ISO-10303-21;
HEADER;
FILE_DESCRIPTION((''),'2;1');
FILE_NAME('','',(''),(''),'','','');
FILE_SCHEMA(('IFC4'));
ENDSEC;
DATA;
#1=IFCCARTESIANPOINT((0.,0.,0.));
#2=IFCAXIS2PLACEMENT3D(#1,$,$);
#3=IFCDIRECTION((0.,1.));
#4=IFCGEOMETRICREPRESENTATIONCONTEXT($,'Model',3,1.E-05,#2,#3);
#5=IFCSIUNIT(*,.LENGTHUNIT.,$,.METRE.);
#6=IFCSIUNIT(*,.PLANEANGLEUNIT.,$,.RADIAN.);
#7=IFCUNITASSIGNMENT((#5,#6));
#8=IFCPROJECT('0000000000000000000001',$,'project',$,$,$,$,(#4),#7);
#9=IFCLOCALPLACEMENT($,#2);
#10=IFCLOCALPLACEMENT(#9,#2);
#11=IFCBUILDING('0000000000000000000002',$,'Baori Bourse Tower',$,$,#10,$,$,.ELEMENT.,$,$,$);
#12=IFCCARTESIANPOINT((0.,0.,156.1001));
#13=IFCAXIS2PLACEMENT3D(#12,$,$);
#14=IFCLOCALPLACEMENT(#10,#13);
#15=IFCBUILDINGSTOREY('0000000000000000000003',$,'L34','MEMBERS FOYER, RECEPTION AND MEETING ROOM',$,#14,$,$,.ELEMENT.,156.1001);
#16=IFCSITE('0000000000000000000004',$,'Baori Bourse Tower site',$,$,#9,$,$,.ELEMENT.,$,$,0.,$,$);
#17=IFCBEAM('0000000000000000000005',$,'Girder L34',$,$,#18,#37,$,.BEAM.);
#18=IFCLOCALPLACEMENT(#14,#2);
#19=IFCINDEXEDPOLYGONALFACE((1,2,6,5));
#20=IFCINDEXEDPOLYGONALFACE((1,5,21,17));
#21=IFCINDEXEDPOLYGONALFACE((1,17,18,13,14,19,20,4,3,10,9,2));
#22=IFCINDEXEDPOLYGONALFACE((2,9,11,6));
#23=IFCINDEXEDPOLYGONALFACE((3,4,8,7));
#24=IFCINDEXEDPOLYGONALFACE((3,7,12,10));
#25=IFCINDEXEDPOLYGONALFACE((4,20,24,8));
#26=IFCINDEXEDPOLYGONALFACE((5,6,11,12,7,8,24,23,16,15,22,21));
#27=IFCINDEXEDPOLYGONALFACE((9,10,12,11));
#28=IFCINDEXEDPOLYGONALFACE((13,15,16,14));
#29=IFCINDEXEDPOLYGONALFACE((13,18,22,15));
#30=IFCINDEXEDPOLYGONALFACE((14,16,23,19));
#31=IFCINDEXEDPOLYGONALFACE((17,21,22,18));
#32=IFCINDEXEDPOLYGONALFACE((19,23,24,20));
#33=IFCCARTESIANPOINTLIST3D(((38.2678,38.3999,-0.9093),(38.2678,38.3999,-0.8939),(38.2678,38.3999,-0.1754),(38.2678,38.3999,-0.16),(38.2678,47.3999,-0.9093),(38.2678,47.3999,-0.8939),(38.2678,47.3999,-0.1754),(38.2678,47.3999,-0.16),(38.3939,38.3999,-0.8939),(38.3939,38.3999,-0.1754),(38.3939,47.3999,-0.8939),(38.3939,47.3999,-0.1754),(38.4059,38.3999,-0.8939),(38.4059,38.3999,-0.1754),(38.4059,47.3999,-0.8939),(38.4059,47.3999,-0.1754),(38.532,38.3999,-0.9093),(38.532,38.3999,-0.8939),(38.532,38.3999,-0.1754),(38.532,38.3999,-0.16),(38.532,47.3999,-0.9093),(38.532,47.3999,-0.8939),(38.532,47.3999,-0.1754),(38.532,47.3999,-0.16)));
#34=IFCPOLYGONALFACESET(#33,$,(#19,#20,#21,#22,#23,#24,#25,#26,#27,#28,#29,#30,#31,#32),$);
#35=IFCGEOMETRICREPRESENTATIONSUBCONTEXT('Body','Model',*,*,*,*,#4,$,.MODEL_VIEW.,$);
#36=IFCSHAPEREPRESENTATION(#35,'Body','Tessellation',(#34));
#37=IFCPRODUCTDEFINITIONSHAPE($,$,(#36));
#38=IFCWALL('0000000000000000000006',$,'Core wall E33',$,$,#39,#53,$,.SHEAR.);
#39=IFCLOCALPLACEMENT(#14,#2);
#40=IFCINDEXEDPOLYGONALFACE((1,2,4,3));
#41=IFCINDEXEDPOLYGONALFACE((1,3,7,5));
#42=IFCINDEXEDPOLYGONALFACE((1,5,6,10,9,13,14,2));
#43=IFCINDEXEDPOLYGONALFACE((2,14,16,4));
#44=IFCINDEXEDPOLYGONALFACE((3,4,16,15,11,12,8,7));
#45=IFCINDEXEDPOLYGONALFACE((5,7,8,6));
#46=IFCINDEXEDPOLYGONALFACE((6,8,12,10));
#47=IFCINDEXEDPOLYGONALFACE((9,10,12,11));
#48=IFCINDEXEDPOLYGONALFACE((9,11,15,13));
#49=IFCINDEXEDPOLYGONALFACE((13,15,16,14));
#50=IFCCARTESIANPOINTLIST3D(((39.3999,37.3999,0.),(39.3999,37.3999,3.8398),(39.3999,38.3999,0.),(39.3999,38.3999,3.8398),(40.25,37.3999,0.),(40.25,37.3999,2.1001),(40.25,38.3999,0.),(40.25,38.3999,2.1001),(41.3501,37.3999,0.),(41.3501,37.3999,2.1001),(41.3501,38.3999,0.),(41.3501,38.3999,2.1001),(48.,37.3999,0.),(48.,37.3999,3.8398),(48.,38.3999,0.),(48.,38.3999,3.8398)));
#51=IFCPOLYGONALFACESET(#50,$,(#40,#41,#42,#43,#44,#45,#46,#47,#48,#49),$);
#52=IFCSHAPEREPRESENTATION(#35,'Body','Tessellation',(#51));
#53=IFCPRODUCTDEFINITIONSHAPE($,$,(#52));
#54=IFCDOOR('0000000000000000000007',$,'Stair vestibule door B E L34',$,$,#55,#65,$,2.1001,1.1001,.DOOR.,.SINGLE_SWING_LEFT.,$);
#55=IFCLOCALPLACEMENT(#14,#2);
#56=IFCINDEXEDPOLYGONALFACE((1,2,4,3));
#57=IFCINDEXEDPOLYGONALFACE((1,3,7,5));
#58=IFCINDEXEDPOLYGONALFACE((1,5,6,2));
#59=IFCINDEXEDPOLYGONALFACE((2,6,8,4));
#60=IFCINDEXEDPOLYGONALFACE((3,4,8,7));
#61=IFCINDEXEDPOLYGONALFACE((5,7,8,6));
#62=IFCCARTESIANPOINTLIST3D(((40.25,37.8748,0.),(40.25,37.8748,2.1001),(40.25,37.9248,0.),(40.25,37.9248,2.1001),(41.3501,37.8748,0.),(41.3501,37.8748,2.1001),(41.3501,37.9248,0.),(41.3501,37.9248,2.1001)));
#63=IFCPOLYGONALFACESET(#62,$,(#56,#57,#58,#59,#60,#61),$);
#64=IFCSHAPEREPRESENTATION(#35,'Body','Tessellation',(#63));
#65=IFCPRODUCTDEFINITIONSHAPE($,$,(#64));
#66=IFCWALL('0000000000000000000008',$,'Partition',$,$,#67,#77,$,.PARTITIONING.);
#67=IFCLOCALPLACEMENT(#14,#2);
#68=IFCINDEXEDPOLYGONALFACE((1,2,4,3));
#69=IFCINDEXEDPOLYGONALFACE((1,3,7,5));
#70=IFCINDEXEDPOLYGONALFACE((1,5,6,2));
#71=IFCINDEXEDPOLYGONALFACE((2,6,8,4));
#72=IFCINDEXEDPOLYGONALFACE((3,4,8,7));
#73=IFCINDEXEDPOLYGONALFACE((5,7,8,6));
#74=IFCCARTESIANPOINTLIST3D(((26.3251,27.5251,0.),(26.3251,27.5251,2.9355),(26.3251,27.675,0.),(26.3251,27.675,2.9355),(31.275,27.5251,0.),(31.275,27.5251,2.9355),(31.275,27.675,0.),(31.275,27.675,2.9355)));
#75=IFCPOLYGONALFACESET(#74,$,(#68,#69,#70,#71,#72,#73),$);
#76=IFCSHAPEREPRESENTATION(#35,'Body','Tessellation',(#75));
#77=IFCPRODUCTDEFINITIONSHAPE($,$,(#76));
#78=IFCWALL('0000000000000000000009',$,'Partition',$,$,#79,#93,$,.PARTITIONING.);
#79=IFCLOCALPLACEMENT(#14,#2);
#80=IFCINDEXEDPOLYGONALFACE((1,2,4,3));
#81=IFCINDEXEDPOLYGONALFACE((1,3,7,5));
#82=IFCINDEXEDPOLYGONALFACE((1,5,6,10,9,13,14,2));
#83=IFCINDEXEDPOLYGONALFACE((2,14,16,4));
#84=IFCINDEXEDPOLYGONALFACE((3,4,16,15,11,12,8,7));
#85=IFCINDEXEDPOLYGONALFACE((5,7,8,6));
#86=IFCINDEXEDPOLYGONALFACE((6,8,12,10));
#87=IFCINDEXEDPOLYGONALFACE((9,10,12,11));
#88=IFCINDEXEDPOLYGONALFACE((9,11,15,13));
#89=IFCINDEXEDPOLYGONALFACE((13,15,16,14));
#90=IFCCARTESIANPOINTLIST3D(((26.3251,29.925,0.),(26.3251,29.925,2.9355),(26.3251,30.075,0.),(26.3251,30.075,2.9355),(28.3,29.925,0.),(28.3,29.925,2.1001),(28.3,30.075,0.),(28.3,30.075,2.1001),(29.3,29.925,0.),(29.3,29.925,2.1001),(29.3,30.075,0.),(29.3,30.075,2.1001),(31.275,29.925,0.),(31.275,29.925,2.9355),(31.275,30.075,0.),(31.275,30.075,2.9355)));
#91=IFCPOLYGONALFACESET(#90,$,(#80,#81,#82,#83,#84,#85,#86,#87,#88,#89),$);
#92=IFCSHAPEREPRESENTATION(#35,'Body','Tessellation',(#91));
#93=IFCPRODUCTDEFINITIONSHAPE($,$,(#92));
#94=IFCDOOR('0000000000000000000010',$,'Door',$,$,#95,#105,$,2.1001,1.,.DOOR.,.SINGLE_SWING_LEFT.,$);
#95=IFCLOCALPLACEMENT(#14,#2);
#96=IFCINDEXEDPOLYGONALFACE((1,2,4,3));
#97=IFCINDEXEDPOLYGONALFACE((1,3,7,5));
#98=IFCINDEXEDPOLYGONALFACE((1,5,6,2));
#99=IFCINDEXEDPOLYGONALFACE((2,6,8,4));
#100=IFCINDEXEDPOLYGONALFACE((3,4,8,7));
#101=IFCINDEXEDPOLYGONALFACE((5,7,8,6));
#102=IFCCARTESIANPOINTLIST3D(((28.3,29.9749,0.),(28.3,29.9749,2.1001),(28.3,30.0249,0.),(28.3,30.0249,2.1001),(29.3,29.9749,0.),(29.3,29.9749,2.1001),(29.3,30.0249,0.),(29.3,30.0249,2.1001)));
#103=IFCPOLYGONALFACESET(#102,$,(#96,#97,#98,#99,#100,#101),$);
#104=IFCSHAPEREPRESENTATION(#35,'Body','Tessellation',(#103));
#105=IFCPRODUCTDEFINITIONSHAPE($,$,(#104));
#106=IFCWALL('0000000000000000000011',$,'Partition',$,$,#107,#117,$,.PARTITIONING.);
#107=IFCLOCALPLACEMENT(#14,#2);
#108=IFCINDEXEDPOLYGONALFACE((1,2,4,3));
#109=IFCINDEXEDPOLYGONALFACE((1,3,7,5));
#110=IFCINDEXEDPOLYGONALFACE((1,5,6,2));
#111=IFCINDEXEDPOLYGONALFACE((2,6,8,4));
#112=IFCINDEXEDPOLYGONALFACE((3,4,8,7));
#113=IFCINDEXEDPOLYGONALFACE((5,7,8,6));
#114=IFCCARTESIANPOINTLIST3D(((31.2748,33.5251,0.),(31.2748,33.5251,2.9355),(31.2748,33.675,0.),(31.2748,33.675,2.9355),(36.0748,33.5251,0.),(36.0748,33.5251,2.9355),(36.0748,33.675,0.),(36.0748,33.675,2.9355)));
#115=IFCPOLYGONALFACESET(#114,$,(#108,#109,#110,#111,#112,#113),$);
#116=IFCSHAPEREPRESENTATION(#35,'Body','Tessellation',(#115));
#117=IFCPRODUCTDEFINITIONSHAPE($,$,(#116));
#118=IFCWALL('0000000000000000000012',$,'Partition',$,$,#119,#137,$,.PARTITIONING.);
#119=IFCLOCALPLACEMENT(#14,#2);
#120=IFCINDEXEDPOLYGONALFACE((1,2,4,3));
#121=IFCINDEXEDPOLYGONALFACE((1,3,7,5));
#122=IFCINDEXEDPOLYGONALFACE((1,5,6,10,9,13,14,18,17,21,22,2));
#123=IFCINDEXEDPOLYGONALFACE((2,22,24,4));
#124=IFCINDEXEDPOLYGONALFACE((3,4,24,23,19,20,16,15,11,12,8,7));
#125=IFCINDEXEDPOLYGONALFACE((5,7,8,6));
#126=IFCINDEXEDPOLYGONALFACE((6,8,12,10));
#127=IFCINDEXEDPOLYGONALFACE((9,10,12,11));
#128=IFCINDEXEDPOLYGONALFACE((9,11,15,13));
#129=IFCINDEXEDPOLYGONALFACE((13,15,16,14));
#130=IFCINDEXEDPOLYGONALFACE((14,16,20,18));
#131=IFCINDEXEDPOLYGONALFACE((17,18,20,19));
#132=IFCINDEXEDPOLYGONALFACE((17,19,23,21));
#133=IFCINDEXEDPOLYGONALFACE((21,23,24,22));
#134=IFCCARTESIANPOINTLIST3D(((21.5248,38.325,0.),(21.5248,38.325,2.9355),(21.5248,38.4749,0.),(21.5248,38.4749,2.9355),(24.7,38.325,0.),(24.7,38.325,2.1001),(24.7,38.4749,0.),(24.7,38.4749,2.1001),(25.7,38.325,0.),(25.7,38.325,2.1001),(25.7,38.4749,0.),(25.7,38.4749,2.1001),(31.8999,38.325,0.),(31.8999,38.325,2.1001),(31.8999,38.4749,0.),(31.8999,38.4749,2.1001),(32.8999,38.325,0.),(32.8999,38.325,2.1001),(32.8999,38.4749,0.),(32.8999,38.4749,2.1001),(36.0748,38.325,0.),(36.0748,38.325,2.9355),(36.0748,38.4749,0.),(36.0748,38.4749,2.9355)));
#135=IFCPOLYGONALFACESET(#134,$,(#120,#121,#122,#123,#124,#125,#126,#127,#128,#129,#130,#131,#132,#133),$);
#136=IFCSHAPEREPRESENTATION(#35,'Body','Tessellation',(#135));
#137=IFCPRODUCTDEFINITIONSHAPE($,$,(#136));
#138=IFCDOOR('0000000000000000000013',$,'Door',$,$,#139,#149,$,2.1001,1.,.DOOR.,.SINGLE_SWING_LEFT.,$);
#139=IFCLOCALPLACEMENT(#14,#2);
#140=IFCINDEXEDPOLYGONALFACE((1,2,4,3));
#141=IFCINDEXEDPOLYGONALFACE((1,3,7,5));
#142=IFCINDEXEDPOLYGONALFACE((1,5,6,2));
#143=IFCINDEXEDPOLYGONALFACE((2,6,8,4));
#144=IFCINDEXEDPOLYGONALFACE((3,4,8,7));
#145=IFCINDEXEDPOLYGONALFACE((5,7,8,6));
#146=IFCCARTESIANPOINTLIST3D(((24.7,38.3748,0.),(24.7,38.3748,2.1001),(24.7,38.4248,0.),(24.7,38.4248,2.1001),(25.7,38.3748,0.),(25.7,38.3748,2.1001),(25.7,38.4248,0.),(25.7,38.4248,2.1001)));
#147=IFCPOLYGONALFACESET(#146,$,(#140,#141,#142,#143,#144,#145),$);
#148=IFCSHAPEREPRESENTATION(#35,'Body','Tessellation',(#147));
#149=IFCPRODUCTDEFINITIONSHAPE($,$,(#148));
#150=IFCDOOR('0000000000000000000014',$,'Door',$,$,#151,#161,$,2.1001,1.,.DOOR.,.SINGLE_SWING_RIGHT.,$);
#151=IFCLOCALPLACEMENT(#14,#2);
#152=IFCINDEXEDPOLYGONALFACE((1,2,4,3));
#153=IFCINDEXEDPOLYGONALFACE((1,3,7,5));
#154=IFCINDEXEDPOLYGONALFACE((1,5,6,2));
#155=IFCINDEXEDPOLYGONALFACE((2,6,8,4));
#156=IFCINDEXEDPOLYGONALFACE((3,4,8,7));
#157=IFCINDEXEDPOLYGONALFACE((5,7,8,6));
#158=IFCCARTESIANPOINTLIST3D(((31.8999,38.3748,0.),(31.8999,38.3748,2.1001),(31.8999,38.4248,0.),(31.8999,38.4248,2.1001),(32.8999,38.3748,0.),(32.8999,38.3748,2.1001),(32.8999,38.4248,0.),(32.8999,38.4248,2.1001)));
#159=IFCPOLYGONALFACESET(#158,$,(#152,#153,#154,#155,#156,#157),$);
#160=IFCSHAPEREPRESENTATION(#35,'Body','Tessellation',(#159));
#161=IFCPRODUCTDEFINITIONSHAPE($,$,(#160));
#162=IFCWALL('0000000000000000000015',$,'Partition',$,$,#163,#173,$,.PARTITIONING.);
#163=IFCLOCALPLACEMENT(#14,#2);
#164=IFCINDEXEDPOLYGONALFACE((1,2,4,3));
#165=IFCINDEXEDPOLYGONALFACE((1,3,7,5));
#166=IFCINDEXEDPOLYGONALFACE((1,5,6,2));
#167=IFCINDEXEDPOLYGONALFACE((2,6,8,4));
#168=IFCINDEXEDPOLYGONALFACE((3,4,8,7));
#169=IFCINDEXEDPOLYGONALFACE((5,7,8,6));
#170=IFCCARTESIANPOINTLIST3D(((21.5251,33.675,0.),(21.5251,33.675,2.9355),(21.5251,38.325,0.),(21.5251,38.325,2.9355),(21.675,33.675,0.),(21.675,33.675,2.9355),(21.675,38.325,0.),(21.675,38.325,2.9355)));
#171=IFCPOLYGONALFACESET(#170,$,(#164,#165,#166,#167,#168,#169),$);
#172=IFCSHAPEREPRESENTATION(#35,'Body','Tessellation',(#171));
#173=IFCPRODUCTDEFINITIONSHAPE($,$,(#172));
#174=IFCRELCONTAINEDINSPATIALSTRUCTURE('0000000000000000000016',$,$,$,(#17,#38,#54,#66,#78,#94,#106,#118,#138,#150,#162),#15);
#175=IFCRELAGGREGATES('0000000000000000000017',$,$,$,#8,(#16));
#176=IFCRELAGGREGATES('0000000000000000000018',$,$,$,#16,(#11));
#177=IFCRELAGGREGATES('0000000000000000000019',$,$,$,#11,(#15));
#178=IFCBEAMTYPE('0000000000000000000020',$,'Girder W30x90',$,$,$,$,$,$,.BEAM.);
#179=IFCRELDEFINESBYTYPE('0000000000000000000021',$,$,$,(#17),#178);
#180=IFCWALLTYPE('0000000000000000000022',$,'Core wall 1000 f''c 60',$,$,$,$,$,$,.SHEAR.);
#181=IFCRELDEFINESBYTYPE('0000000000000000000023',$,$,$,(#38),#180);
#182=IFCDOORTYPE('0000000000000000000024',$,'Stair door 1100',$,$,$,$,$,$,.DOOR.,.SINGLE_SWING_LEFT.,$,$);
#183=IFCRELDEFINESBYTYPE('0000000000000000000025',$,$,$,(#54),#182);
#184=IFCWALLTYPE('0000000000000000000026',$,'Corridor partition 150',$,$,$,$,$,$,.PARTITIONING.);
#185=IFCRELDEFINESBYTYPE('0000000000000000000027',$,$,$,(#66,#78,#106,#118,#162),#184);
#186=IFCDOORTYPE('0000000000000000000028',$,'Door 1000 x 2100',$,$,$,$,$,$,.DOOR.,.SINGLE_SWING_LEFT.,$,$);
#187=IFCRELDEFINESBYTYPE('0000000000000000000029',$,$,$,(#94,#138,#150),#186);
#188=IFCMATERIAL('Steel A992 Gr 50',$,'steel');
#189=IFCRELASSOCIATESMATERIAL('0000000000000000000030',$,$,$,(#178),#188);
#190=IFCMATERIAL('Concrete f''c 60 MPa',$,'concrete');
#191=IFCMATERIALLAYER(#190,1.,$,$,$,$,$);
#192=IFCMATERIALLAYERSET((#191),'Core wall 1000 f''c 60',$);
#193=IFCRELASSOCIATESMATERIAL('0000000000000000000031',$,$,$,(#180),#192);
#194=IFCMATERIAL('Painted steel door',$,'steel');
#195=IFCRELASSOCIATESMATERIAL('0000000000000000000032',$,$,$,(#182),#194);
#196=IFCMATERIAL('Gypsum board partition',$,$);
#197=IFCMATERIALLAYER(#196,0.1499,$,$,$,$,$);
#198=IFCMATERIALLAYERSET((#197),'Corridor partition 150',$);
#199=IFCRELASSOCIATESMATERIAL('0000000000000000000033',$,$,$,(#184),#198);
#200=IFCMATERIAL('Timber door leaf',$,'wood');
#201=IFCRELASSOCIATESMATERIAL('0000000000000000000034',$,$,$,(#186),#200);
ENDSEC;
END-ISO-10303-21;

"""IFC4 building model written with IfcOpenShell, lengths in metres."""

from ifc_helpers import new_model, si_unit, direction, frame, frame_2d, origin, origin_2d, place, context, subcontext, project, spatial, rectangle, i_section, extrude, material, layer, layer_set, material_profile, profile_set, type_object, element, fill, save


model = new_model("IFC4")

# Units and contexts
model_context = context("Model", 3, precision=1e-05, world=origin(), true_north=direction((0.0, 1.0)))
body_context = subcontext(model_context, "Body", "Model", "MODEL_VIEW")
ifc_project = project(units=[si_unit("LENGTHUNIT", "METRE"), si_unit("PLANEANGLEUNIT", "RADIAN")], contexts=[model_context])

# Site, building, storey
site_placement = place(None, origin())
site = spatial("IfcSite", under=ifc_project, at=site_placement, Name="Baori Bourse Tower site", CompositionType="ELEMENT", RefElevation=0.0)
building_placement = place(site_placement, origin())
building = spatial("IfcBuilding", under=site, at=building_placement, Name="Baori Bourse Tower", CompositionType="ELEMENT")
storey_placement = place(building_placement, frame((0.0, 0.0, 156.1001)))
storey = spatial("IfcBuildingStorey", under=building, at=storey_placement, Name="L34", Description="MEMBERS FOYER, RECEPTION AND MEETING ROOM", CompositionType="ELEMENT", Elevation=156.1001)

# Beam
ifc_material_1 = material(Name="Steel A992 Gr 50", Category="steel")
ifc_material_profile = material_profile(ifc_material_1, i_section(OverallWidth=0.2642, OverallDepth=0.7493, WebThickness=0.012, FlangeThickness=0.0154, at=origin_2d()), Name="W30x90")
ifc_profile_set = profile_set([ifc_material_profile], Name="Steel A992 Gr 50")
beam_type = type_object("IfcBeamType", Name="Girder W30x90", PredefinedType="BEAM", material=ifc_profile_set)
beam_placement = place(storey_placement, frame((38.3999, 38.3999, -0.5347), z_axis=(0.0, 1.0, 0.0), x_axis=(-1.0, 0.0, 0.0)))
element("IfcBeam", 1, at=beam_placement, inside=storey, type_object=beam_type, Name="Girder L34", PredefinedType="BEAM", context=body_context, shape_type="SweptSolid", body=[
    extrude(i_section(OverallWidth=0.2642, OverallDepth=0.7493, WebThickness=0.012, FlangeThickness=0.0154, at=origin_2d()), origin(), (0.0, 0.0, 1.0), 9.0),
])

# Wall, opening, door
ifc_material_2 = material(Name="Concrete f'c 60 MPa", Category="concrete")
ifc_layer_1 = layer(ifc_material_2, 1.0)
ifc_layer_set_1 = layer_set([ifc_layer_1], Name="Core wall 1000 f'c 60")
wall_type_1 = type_object("IfcWallType", Name="Core wall 1000 f'c 60", PredefinedType="SHEAR", material=ifc_layer_set_1)
wall_1_placement = place(storey_placement, frame((39.3999, 37.8999, 0.0), z_axis=(0.0, 0.0, 1.0), x_axis=(1.0, 0.0, 0.0)))
wall_1 = element("IfcWall", 2, at=wall_1_placement, inside=storey, type_object=wall_type_1, Name="Core wall E33", PredefinedType="SHEAR", context=body_context, shape_type="SweptSolid", body=[
    extrude(rectangle(XDim=8.6001, YDim=1.0, at=frame_2d((4.3, 0.0))), origin(), (0.0, 0.0, 1.0), 3.8398),
])
opening_1_placement = place(wall_1_placement, frame((0.8501, 0.0, 0.0)))
opening_1 = element("IfcOpeningElement", 3, at=opening_1_placement, cuts=wall_1, PredefinedType="OPENING", context=body_context, shape_type="SweptSolid", body=[
    extrude(rectangle(XDim=1.1001, YDim=2.1001, at=frame_2d((0.55, 1.05))), frame((0.0, 0.51, 0.0), z_axis=(0.0, -1.0, 0.0), x_axis=(1.0, 0.0, 0.0)), (0.0, 0.0, 1.0), 1.02),
])
ifc_material_3 = material(Name="Painted steel door", Category="steel")
door_type_1 = type_object("IfcDoorType", Name="Stair door 1100", OperationType="SINGLE_SWING_LEFT", PredefinedType="DOOR", material=ifc_material_3)
door_1_placement = place(opening_1_placement, origin())
door_1 = element("IfcDoor", 4, at=door_1_placement, inside=storey, type_object=door_type_1, Name="Stair vestibule door B E L34", OperationType="SINGLE_SWING_LEFT", OverallHeight=2.1001, OverallWidth=1.1001, PredefinedType="DOOR", context=body_context, shape_type="SweptSolid", body=[
    extrude(rectangle(XDim=1.1001, YDim=2.1001, at=frame_2d((0.55, 1.05))), frame((0.0, 0.0249, 0.0), z_axis=(0.0, -1.0, 0.0), x_axis=(1.0, 0.0, 0.0)), (0.0, 0.0, 1.0), 0.05),
])
fill(opening_1, door_1)

# Wall
ifc_material_4 = material(Name="Gypsum board partition")
ifc_layer_2 = layer(ifc_material_4, 0.1499)
ifc_layer_set_2 = layer_set([ifc_layer_2], Name="Corridor partition 150")
wall_type_2 = type_object("IfcWallType", Name="Corridor partition 150", PredefinedType="PARTITIONING", material=ifc_layer_set_2)
wall_2_placement = place(storey_placement, frame((26.325, 27.6001, 0.0), z_axis=(0.0, 0.0, 1.0), x_axis=(1.0, 0.0, 0.0)))
element("IfcWall", 5, at=wall_2_placement, inside=storey, type_object=wall_type_2, Name="Partition", PredefinedType="PARTITIONING", context=body_context, shape_type="SweptSolid", body=[
    extrude(rectangle(XDim=4.95, YDim=0.1499, at=frame_2d((2.4751, 0.0))), origin(), (0.0, 0.0, 1.0), 2.9355),
])

# Wall, opening, door
wall_3_placement = place(storey_placement, frame((26.325, 30.0, 0.0), z_axis=(0.0, 0.0, 1.0), x_axis=(1.0, 0.0, 0.0)))
wall_3 = element("IfcWall", 6, at=wall_3_placement, inside=storey, type_object=wall_type_2, Name="Partition", PredefinedType="PARTITIONING", context=body_context, shape_type="SweptSolid", body=[
    extrude(rectangle(XDim=4.95, YDim=0.1499, at=frame_2d((2.4751, 0.0))), origin(), (0.0, 0.0, 1.0), 2.9355),
])
opening_2_placement = place(wall_3_placement, frame((1.9751, 0.0, 0.0)))
opening_2 = element("IfcOpeningElement", 7, at=opening_2_placement, cuts=wall_3, PredefinedType="OPENING", context=body_context, shape_type="SweptSolid", body=[
    extrude(rectangle(XDim=1.0, YDim=2.1001, at=frame_2d((0.5, 1.05))), frame((0.0, 0.085, 0.0), z_axis=(0.0, -1.0, 0.0), x_axis=(1.0, 0.0, 0.0)), (0.0, 0.0, 1.0), 0.1699),
])
ifc_material_5 = material(Name="Timber door leaf", Category="wood")
door_type_2 = type_object("IfcDoorType", Name="Door 1000 x 2100", OperationType="SINGLE_SWING_LEFT", PredefinedType="DOOR", material=ifc_material_5)
door_2_placement = place(opening_2_placement, origin())
door_2 = element("IfcDoor", 8, at=door_2_placement, inside=storey, type_object=door_type_2, Name="Door", OperationType="SINGLE_SWING_LEFT", OverallHeight=2.1001, OverallWidth=1.0, PredefinedType="DOOR", context=body_context, shape_type="SweptSolid", body=[
    extrude(rectangle(XDim=1.0, YDim=2.1001, at=frame_2d((0.5, 1.05))), frame((0.0, 0.0249, 0.0), z_axis=(0.0, -1.0, 0.0), x_axis=(1.0, 0.0, 0.0)), (0.0, 0.0, 1.0), 0.05),
])
fill(opening_2, door_2)

# Wall
wall_4_placement = place(storey_placement, frame((31.2749, 33.6001, 0.0), z_axis=(0.0, 0.0, 1.0), x_axis=(1.0, 0.0, 0.0)))
element("IfcWall", 9, at=wall_4_placement, inside=storey, type_object=wall_type_2, Name="Partition", PredefinedType="PARTITIONING", context=body_context, shape_type="SweptSolid", body=[
    extrude(rectangle(XDim=4.8, YDim=0.1499, at=frame_2d((2.3999, 0.0))), origin(), (0.0, 0.0, 1.0), 2.9355),
])

# Wall, openings, doors
wall_5_placement = place(storey_placement, frame((21.5249, 38.3999, 0.0), z_axis=(0.0, 0.0, 1.0), x_axis=(1.0, 0.0, 0.0)))
wall_5 = element("IfcWall", 10, at=wall_5_placement, inside=storey, type_object=wall_type_2, Name="Partition", PredefinedType="PARTITIONING", context=body_context, shape_type="SweptSolid", body=[
    extrude(rectangle(XDim=14.55, YDim=0.1499, at=frame_2d((7.2749, 0.0))), origin(), (0.0, 0.0, 1.0), 2.9355),
])
opening_3_placement = place(wall_5_placement, frame((3.175, 0.0, 0.0)))
opening_3 = element("IfcOpeningElement", 11, at=opening_3_placement, cuts=wall_5, PredefinedType="OPENING", context=body_context, shape_type="SweptSolid", body=[
    extrude(rectangle(XDim=1.0, YDim=2.1001, at=frame_2d((0.5, 1.05))), frame((0.0, 0.085, 0.0), z_axis=(0.0, -1.0, 0.0), x_axis=(1.0, 0.0, 0.0)), (0.0, 0.0, 1.0), 0.1699),
])
opening_4_placement = place(wall_5_placement, frame((10.375, 0.0, 0.0)))
opening_4 = element("IfcOpeningElement", 12, at=opening_4_placement, cuts=wall_5, PredefinedType="OPENING", context=body_context, shape_type="SweptSolid", body=[
    extrude(rectangle(XDim=1.0, YDim=2.1001, at=frame_2d((0.5, 1.05))), frame((0.0, 0.085, 0.0), z_axis=(0.0, -1.0, 0.0), x_axis=(1.0, 0.0, 0.0)), (0.0, 0.0, 1.0), 0.1699),
])
door_3_placement = place(opening_3_placement, origin())
door_3 = element("IfcDoor", 13, at=door_3_placement, inside=storey, type_object=door_type_2, Name="Door", OperationType="SINGLE_SWING_LEFT", OverallHeight=2.1001, OverallWidth=1.0, PredefinedType="DOOR", context=body_context, shape_type="SweptSolid", body=[
    extrude(rectangle(XDim=1.0, YDim=2.1001, at=frame_2d((0.5, 1.05))), frame((0.0, 0.0249, 0.0), z_axis=(0.0, -1.0, 0.0), x_axis=(1.0, 0.0, 0.0)), (0.0, 0.0, 1.0), 0.05),
])
fill(opening_3, door_3)
door_4_placement = place(opening_4_placement, origin())
door_4 = element("IfcDoor", 14, at=door_4_placement, inside=storey, type_object=door_type_2, Name="Door", OperationType="SINGLE_SWING_RIGHT", OverallHeight=2.1001, OverallWidth=1.0, PredefinedType="DOOR", context=body_context, shape_type="SweptSolid", body=[
    extrude(rectangle(XDim=1.0, YDim=2.1001, at=frame_2d((0.5, 1.05))), frame((0.0, 0.0249, 0.0), z_axis=(0.0, -1.0, 0.0), x_axis=(1.0, 0.0, 0.0)), (0.0, 0.0, 1.0), 0.05),
])
fill(opening_4, door_4)

# Wall
wall_6_placement = place(storey_placement, frame((21.6001, 33.675, 0.0), z_axis=(0.0, 0.0, 1.0), x_axis=(0.0, 1.0, 0.0)))
element("IfcWall", 15, at=wall_6_placement, inside=storey, type_object=wall_type_2, Name="Partition", PredefinedType="PARTITIONING", context=body_context, shape_type="SweptSolid", body=[
    extrude(rectangle(XDim=4.6499, YDim=0.1499, at=frame_2d((2.325, 0.0))), origin(), (0.0, 0.0, 1.0), 2.9355),
])

save(model, "model.ifc")
